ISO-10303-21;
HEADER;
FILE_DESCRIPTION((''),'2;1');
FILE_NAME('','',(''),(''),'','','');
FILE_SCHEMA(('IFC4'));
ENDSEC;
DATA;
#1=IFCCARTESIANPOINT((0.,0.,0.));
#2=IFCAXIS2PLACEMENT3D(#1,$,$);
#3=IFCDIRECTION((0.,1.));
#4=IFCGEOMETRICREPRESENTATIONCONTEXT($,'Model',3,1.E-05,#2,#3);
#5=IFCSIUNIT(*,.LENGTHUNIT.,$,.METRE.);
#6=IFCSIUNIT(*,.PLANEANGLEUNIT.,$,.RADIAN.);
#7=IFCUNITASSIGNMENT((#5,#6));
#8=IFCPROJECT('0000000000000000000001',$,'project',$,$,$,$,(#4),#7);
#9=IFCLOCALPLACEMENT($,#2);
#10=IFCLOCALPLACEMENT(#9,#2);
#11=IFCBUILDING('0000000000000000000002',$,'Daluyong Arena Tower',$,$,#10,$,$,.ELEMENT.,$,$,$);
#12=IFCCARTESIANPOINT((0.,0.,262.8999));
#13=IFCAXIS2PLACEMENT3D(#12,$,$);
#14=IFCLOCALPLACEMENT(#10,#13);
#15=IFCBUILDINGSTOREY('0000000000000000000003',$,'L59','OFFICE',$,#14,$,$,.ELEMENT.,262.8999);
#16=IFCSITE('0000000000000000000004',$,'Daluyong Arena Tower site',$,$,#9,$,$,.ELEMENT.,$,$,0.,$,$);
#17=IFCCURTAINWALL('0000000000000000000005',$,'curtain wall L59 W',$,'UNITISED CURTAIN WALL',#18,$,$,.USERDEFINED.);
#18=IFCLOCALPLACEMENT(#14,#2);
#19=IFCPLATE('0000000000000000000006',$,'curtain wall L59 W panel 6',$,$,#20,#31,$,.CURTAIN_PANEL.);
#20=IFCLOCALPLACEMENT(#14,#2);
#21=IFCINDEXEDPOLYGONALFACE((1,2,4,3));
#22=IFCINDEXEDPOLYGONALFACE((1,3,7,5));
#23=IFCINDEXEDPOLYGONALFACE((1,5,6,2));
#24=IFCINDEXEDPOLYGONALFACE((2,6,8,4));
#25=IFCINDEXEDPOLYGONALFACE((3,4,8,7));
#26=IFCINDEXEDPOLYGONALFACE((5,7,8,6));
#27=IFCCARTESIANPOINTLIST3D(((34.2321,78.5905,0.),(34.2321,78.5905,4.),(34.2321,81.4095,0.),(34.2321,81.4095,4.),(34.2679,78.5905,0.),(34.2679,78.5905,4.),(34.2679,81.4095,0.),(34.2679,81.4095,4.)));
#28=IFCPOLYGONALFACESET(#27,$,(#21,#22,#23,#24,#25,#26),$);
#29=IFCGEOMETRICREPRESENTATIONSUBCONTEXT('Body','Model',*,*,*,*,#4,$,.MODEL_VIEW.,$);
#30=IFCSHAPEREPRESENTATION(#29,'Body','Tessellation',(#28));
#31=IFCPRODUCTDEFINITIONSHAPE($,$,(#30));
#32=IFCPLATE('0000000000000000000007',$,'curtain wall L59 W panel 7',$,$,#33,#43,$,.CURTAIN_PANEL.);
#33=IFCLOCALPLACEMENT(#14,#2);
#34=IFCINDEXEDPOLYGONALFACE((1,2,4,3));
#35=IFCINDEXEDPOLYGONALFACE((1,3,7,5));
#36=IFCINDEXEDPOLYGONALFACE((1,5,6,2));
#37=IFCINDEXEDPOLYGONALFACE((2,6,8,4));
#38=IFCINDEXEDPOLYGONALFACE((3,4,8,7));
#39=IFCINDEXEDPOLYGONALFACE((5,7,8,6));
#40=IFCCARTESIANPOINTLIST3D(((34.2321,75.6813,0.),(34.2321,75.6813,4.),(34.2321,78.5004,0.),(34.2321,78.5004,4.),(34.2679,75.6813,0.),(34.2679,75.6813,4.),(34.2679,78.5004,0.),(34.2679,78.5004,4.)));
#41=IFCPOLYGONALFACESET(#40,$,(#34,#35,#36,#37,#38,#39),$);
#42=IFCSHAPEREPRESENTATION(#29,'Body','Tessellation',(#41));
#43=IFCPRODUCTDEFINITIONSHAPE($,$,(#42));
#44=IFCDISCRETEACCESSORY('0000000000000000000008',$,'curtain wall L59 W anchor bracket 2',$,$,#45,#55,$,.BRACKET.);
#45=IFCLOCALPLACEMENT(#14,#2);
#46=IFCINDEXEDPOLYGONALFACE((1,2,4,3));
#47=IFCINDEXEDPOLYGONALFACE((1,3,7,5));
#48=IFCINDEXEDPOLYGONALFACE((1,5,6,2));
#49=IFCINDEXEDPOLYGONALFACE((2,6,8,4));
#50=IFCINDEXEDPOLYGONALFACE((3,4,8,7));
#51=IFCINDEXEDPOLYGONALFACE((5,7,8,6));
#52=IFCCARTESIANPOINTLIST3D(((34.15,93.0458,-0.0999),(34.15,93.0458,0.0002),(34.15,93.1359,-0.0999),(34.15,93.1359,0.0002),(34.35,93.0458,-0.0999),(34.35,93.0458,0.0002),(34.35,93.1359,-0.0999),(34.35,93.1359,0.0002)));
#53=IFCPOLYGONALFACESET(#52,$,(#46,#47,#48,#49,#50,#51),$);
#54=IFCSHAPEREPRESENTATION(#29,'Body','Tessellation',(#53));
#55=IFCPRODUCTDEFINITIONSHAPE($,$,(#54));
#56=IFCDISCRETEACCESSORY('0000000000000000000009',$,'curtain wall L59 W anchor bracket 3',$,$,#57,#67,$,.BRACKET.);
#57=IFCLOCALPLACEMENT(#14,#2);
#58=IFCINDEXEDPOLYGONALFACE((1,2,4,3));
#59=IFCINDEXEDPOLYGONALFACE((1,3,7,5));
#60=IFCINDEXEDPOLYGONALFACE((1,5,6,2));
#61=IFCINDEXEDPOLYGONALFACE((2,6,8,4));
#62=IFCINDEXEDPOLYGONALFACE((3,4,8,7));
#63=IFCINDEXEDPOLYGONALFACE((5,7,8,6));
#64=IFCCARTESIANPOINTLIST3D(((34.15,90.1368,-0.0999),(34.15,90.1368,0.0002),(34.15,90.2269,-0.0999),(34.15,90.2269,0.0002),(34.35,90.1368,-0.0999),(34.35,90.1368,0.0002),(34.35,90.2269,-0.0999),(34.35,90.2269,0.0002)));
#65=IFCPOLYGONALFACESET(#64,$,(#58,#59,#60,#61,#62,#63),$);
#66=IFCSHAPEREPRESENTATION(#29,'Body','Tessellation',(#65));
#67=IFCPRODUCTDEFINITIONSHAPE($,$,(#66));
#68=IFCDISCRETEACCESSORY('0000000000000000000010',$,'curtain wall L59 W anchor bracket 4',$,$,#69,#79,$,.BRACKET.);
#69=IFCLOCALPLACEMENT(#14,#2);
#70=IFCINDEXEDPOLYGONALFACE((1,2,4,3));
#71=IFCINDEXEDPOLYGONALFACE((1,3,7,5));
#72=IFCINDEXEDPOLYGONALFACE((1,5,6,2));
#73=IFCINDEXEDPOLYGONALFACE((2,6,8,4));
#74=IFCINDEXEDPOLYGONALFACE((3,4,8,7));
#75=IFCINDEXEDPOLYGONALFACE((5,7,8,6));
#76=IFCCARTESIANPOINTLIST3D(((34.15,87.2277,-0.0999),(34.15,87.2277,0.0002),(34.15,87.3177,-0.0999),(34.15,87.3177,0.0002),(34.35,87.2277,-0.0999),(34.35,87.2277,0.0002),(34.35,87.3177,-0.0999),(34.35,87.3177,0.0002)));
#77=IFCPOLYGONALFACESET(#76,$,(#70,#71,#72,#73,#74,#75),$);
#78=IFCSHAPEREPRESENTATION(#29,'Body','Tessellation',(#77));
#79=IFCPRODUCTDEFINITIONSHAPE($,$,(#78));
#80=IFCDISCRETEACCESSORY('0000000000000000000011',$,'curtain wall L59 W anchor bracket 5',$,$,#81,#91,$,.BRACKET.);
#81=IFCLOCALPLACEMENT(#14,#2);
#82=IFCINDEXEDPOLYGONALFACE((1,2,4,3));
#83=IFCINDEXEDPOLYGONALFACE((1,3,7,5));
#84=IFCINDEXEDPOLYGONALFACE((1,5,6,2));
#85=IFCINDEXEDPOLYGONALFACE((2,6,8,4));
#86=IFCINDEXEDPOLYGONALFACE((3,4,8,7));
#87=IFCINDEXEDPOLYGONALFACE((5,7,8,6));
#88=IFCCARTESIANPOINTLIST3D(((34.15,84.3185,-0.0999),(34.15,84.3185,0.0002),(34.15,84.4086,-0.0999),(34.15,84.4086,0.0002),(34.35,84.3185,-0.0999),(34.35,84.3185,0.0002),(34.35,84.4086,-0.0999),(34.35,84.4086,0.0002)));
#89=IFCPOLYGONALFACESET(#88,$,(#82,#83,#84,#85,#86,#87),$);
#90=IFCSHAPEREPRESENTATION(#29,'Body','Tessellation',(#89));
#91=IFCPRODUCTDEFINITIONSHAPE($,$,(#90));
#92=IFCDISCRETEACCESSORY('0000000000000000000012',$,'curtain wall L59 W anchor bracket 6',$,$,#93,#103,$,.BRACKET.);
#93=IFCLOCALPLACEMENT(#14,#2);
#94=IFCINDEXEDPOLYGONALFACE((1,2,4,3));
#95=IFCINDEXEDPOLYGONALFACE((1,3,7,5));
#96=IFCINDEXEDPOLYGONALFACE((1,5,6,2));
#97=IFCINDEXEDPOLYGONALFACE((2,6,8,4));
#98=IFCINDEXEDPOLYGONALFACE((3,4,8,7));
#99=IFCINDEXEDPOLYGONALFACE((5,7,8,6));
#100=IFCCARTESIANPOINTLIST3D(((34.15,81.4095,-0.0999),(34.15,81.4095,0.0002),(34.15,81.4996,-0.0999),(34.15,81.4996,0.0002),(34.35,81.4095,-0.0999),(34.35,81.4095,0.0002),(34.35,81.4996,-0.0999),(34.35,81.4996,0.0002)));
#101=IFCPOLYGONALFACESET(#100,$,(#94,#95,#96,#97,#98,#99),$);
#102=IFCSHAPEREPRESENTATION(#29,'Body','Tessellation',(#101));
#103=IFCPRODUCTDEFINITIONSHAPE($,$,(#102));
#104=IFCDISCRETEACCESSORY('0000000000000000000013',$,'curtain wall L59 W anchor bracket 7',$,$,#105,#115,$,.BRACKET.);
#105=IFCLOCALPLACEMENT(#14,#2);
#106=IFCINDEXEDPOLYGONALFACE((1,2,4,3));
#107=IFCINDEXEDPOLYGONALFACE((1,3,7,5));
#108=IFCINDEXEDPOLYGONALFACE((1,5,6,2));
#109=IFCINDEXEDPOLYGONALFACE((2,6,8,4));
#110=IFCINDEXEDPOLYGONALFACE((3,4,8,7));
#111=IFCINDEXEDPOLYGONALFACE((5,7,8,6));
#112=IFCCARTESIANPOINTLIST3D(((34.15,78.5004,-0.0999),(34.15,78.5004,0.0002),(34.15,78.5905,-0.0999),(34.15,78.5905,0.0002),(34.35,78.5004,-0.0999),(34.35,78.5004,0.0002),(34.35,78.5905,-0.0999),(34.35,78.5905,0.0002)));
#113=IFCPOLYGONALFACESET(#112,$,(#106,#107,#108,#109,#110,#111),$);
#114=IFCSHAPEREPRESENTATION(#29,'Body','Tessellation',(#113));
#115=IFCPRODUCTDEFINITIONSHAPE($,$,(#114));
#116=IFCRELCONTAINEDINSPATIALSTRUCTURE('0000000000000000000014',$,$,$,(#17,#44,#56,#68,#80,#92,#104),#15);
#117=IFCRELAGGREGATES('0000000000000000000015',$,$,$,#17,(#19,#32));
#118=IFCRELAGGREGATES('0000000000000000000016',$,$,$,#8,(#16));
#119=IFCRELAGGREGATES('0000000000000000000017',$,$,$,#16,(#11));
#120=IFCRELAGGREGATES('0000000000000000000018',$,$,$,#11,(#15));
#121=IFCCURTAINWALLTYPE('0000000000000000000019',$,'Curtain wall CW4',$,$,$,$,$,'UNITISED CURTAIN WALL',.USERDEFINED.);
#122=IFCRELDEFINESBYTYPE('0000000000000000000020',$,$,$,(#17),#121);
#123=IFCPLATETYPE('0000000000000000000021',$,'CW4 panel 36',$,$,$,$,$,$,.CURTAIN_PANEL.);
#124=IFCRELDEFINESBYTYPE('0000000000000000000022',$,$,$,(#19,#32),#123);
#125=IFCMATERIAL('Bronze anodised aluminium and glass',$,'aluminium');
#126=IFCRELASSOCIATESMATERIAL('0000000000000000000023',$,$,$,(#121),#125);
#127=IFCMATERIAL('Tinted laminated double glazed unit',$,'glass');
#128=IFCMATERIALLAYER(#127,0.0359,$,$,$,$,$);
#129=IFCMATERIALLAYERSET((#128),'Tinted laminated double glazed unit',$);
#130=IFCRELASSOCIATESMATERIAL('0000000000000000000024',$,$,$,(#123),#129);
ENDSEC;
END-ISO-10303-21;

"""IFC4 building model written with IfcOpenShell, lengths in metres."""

from ifc_helpers import new_model, si_unit, direction, frame, origin, origin_2d, place, context, subcontext, project, spatial, rectangle, extrude, material, layer, layer_set, type_object, element, aggregate, save


model = new_model("IFC4")

# Units and contexts
model_context = context("Model", 3, precision=1e-05, world=origin(), true_north=direction((0.0, 1.0)))
body_context = subcontext(model_context, "Body", "Model", "MODEL_VIEW")
ifc_project = project(units=[si_unit("LENGTHUNIT", "METRE"), si_unit("PLANEANGLEUNIT", "RADIAN")], contexts=[model_context])

# Site, building, storey
site_placement = place(None, origin())
site = spatial("IfcSite", under=ifc_project, at=site_placement, Name="Daluyong Arena Tower site", CompositionType="ELEMENT", RefElevation=0.0)
building_placement = place(site_placement, origin())
building = spatial("IfcBuilding", under=site, at=building_placement, Name="Daluyong Arena Tower", CompositionType="ELEMENT")
storey_placement = place(building_placement, frame((0.0, 0.0, 262.8999)))
storey = spatial("IfcBuildingStorey", under=building, at=storey_placement, Name="L59", Description="OFFICE", CompositionType="ELEMENT", Elevation=262.8999)

# Curtain wall
ifc_material_1 = material(Name="Bronze anodised aluminium and glass", Category="aluminium")
curtain_wall_type = type_object("IfcCurtainWallType", Name="Curtain wall CW4", ElementType="UNITISED CURTAIN WALL", PredefinedType="USERDEFINED", material=ifc_material_1)
curtain_wall_placement = place(storey_placement, origin())
curtain_wall = element("IfcCurtainWall", 1, at=curtain_wall_placement, inside=storey, type_object=curtain_wall_type, Name="curtain wall L59 W", ObjectType="UNITISED CURTAIN WALL", PredefinedType="USERDEFINED")

# Plates
ifc_material_2 = material(Name="Tinted laminated double glazed unit", Category="glass")
ifc_layer = layer(ifc_material_2, 0.0359)
ifc_layer_set = layer_set([ifc_layer], Name="Tinted laminated double glazed unit")
plate_type = type_object("IfcPlateType", Name="CW4 panel 36", PredefinedType="CURTAIN_PANEL", material=ifc_layer_set)
plate_1_placement = place(storey_placement, frame((34.25, 80.0, 0.0), z_axis=(0.0, 0.0, 1.0), x_axis=(0.0, -1.0, 0.0)))
plate_1 = element("IfcPlate", 2, at=plate_1_placement, type_object=plate_type, Name="curtain wall L59 W panel 6", PredefinedType="CURTAIN_PANEL", context=body_context, shape_type="SweptSolid", body=[
    extrude(rectangle(XDim=2.8191, YDim=0.0359, at=origin_2d()), origin(), (0.0, 0.0, 1.0), 4.0),
])
plate_2_placement = place(storey_placement, frame((34.25, 77.0908, 0.0), z_axis=(0.0, 0.0, 1.0), x_axis=(0.0, -1.0, 0.0)))
plate_2 = element("IfcPlate", 3, at=plate_2_placement, type_object=plate_type, Name="curtain wall L59 W panel 7", PredefinedType="CURTAIN_PANEL", context=body_context, shape_type="SweptSolid", body=[
    extrude(rectangle(XDim=2.8191, YDim=0.0359, at=origin_2d()), origin(), (0.0, 0.0, 1.0), 4.0),
])
aggregate(curtain_wall, [plate_1, plate_2])

# Discrete accessories
for number, where, z_axis, x_axis, name in (
    (4, (34.25, 93.0908, -0.0999), (0.0, 0.0, 1.0), (0.0, -1.0, 0.0), "curtain wall L59 W anchor bracket 2"),
    (5, (34.25, 90.1819, -0.0999), (0.0, 0.0, 1.0), (0.0, -1.0, 0.0), "curtain wall L59 W anchor bracket 3"),
    (6, (34.25, 87.2727, -0.0999), (0.0, 0.0, 1.0), (0.0, -1.0, 0.0), "curtain wall L59 W anchor bracket 4"),
    (7, (34.25, 84.3635, -0.0999), (0.0, 0.0, 1.0), (0.0, -1.0, 0.0), "curtain wall L59 W anchor bracket 5"),
    (8, (34.25, 81.4546, -0.0999), (0.0, 0.0, 1.0), (0.0, -1.0, 0.0), "curtain wall L59 W anchor bracket 6"),
    (9, (34.25, 78.5454, -0.0999), (0.0, 0.0, 1.0), (0.0, -1.0, 0.0), "curtain wall L59 W anchor bracket 7"),
):
    element("IfcDiscreteAccessory", number, at=place(storey_placement, frame(where, z_axis=z_axis, x_axis=x_axis)), inside=storey, Name=name, PredefinedType="BRACKET", context=body_context, shape_type="SweptSolid", body=[
        extrude(rectangle(XDim=0.0901, YDim=0.2, at=origin_2d()), origin(), (0.0, 0.0, 1.0), 0.1001),
    ])

save(model, "model.ifc")
